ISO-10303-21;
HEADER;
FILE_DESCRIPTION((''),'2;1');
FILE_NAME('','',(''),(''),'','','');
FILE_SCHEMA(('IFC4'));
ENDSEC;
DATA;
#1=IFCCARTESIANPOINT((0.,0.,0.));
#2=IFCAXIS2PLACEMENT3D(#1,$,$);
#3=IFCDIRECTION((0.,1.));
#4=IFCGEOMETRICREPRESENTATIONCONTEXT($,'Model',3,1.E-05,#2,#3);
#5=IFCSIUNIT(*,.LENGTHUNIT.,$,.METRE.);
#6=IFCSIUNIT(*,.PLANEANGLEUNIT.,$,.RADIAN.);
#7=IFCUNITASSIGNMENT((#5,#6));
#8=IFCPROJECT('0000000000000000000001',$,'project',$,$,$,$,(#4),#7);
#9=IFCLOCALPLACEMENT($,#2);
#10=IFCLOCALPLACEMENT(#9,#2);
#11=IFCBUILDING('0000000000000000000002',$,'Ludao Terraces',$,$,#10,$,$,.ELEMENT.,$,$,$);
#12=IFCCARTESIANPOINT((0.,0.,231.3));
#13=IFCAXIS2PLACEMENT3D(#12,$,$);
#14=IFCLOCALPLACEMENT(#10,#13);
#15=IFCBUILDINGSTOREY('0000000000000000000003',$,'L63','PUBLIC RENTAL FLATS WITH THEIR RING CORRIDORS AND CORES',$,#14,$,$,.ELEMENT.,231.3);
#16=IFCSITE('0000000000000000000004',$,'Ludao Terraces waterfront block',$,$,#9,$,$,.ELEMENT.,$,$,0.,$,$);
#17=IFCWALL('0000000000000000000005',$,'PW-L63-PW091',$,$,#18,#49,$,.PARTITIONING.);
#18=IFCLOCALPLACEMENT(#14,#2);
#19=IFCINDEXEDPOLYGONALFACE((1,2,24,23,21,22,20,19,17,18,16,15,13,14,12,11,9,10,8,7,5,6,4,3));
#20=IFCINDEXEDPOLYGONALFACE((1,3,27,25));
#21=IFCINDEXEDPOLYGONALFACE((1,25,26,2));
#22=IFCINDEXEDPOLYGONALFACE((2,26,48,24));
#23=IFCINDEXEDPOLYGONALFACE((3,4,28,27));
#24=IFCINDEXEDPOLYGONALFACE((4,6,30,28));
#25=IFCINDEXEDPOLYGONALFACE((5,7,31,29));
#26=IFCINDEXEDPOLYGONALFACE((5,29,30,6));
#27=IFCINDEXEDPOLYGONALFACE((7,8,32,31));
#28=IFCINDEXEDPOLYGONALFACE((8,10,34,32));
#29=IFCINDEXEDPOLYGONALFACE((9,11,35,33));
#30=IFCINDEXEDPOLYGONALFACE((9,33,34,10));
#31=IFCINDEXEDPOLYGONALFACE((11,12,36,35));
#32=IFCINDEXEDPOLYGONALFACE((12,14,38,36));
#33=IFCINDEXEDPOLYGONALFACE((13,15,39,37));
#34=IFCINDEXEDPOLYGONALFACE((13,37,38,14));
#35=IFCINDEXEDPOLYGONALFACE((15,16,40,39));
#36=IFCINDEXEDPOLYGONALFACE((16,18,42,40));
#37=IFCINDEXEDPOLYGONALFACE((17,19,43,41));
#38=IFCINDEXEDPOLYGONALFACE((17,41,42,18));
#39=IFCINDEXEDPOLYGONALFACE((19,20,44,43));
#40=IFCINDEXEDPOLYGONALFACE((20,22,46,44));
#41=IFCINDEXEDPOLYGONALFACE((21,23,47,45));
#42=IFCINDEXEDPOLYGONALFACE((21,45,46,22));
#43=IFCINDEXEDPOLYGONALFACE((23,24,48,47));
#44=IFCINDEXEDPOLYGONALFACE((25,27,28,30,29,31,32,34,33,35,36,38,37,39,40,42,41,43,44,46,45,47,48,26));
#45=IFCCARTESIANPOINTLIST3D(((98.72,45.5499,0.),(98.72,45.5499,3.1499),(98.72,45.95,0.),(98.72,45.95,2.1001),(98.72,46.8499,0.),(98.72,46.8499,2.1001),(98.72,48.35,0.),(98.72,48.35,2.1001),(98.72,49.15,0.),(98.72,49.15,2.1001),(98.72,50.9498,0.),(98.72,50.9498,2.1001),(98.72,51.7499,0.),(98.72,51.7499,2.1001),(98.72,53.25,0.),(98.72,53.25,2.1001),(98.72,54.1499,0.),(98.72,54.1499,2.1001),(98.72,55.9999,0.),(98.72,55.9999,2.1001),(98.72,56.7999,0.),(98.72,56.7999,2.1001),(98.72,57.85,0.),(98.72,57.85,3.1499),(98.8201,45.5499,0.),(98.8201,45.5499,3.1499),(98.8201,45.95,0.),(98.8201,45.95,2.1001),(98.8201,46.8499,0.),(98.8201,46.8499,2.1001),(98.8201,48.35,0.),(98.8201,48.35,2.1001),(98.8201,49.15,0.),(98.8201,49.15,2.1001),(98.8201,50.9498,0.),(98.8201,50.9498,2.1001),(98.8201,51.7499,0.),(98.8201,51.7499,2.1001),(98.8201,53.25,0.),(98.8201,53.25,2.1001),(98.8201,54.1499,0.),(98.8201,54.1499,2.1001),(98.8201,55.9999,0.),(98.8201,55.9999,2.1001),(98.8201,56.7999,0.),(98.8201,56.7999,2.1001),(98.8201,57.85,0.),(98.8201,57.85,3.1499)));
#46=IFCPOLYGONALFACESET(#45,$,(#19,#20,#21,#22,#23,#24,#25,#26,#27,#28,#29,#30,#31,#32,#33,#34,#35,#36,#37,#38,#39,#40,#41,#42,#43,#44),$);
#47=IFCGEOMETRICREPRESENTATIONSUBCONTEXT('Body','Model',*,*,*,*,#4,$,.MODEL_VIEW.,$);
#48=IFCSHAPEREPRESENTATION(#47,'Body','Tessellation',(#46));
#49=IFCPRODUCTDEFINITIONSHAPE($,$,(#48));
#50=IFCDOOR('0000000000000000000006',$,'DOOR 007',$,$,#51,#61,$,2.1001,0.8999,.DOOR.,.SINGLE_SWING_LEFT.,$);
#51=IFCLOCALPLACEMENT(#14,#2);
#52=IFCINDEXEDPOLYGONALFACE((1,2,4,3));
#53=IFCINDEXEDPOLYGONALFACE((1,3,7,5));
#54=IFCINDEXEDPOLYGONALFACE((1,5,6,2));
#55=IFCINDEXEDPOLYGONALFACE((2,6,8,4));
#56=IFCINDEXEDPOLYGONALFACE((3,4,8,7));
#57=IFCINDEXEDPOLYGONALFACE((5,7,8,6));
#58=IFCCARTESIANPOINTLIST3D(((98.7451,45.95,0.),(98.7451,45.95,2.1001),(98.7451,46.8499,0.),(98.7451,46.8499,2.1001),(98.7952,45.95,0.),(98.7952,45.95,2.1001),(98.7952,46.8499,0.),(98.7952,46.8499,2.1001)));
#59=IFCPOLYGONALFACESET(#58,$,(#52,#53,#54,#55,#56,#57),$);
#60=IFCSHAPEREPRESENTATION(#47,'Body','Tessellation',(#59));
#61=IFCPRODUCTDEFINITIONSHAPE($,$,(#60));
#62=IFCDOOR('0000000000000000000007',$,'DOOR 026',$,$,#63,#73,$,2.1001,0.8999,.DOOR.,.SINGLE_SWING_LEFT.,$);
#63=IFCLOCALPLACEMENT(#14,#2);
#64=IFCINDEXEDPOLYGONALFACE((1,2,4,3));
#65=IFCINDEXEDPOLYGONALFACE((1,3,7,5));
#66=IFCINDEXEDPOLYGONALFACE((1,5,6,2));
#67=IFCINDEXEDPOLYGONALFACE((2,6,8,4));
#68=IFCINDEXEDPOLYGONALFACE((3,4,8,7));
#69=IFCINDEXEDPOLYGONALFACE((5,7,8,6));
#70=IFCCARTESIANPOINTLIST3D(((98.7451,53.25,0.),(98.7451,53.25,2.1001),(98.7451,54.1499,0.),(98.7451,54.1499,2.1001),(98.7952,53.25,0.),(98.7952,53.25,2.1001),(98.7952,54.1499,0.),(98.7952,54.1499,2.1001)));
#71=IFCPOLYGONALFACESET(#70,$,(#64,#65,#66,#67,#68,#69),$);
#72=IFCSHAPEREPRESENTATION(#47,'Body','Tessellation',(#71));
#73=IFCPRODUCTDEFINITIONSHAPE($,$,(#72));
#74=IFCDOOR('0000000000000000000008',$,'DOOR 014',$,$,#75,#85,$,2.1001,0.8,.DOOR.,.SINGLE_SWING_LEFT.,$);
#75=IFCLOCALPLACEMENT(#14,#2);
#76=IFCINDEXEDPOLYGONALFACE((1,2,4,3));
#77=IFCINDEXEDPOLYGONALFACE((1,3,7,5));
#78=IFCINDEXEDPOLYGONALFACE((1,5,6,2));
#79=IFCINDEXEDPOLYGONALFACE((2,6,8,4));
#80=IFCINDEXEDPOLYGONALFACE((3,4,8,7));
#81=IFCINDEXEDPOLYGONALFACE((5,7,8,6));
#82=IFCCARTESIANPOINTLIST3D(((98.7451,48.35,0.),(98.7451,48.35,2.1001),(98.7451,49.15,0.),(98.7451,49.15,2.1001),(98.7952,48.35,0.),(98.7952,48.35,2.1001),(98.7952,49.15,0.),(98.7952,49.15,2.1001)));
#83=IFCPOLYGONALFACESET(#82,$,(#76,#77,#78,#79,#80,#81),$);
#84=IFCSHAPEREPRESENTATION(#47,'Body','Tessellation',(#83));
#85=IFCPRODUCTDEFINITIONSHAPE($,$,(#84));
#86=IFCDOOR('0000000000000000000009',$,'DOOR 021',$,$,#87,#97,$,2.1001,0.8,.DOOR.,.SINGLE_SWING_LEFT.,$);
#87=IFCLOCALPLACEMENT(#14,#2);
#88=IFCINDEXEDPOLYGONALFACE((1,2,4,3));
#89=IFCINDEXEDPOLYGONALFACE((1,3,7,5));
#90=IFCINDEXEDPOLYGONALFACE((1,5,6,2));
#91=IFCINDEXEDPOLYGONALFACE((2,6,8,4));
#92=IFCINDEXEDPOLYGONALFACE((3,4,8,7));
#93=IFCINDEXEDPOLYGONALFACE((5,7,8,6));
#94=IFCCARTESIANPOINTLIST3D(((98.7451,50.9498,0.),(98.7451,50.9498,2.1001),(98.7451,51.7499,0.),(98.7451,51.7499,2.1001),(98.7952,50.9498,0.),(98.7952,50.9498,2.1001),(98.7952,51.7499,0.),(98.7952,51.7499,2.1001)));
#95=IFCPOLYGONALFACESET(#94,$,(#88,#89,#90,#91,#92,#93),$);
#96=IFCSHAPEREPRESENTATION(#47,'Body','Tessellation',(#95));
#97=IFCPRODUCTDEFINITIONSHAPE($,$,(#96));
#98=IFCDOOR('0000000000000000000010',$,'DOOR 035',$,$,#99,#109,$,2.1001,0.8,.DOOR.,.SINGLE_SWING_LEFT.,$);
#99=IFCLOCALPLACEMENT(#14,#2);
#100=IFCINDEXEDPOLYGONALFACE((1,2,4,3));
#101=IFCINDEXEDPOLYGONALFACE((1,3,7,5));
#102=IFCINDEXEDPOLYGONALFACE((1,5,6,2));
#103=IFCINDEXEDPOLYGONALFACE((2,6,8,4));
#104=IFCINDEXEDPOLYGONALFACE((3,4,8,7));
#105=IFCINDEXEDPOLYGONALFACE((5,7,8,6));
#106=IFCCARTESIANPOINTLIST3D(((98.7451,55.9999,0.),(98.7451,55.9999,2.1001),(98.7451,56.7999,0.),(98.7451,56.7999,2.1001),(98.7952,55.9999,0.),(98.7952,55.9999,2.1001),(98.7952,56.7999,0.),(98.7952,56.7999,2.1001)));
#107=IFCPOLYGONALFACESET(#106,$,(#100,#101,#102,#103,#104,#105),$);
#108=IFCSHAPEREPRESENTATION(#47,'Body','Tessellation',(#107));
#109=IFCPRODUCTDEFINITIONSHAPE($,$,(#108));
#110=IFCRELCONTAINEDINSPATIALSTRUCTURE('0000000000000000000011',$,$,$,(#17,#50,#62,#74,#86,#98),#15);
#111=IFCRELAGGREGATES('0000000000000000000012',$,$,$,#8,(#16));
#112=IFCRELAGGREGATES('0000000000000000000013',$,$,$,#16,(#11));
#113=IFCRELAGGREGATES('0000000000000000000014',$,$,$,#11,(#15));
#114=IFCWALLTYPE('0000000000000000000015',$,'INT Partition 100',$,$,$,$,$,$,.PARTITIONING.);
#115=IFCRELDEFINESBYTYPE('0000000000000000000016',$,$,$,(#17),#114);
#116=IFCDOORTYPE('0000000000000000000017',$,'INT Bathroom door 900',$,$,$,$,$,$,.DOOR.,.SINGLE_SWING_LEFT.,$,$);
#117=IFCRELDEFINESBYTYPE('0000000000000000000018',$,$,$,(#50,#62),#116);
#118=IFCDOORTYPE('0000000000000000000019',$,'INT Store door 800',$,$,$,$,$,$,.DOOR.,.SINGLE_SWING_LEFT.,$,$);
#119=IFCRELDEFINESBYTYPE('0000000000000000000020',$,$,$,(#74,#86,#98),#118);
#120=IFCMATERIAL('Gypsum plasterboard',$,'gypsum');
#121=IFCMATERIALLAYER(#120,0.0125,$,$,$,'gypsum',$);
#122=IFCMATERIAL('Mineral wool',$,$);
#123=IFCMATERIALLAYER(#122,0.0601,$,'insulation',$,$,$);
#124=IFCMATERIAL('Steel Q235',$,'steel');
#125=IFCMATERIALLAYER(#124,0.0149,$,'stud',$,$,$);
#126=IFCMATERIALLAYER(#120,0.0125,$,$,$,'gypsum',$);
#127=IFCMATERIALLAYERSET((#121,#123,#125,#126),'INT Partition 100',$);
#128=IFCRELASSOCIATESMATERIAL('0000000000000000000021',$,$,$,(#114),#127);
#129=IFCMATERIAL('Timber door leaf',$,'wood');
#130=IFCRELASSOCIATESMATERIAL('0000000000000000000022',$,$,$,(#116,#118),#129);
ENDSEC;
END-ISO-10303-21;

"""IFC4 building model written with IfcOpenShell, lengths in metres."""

from ifc_helpers import new_model, si_unit, direction, frame, frame_2d, origin, place, context, subcontext, project, spatial, rectangle, extrude, material, layer, layer_set, type_object, element, fill, save


model = new_model("IFC4")

# Units and contexts
model_context = context("Model", 3, precision=1e-05, world=origin(), true_north=direction((0.0, 1.0)))
body_context = subcontext(model_context, "Body", "Model", "MODEL_VIEW")
ifc_project = project(units=[si_unit("LENGTHUNIT", "METRE"), si_unit("PLANEANGLEUNIT", "RADIAN")], contexts=[model_context])

# Site, building, storey
site_placement = place(None, origin())
site = spatial("IfcSite", under=ifc_project, at=site_placement, Name="Ludao Terraces waterfront block", CompositionType="ELEMENT", RefElevation=0.0)
building_placement = place(site_placement, origin())
building = spatial("IfcBuilding", under=site, at=building_placement, Name="Ludao Terraces", CompositionType="ELEMENT")
storey_placement = place(building_placement, frame((0.0, 0.0, 231.3)))
storey = spatial("IfcBuildingStorey", under=building, at=storey_placement, Name="L63", Description="PUBLIC RENTAL FLATS WITH THEIR RING CORRIDORS AND CORES", CompositionType="ELEMENT", Elevation=231.3)

# Shared definitions
ifc_material_1 = material(Name="Mineral wool")

# Shared definitions
ifc_material_2 = material(Name="Steel Q235", Category="steel")

# Shared definitions
ifc_material_3 = material(Name="Gypsum plasterboard", Category="gypsum")
ifc_layer_1 = layer(ifc_material_3, 0.0125, Category="gypsum")
ifc_layer_2 = layer(ifc_material_1, 0.0601, Name="insulation")
ifc_layer_3 = layer(ifc_material_2, 0.0149, Name="stud")
ifc_layer_4 = layer(ifc_material_3, 0.0125, Category="gypsum")
ifc_layer_set_1 = layer_set([ifc_layer_1, ifc_layer_2, ifc_layer_3, ifc_layer_4], Name="INT Partition 100")
wall_type_1 = type_object("IfcWallType", Name="INT Partition 100", PredefinedType="PARTITIONING", material=ifc_layer_set_1)

# Wall, openings, doors
wall_1_placement = place(storey_placement, frame((98.77, 45.55, 0.0), z_axis=(0.0, 0.0, 1.0), x_axis=(0.0, 1.0, 0.0)))
wall_1 = element("IfcWall", 1, at=wall_1_placement, inside=storey, type_object=wall_type_1, Name="PW-L63-PW091", PredefinedType="PARTITIONING", context=body_context, shape_type="SweptSolid", body=[
    extrude(rectangle(XDim=12.3, YDim=0.1001, at=frame_2d((6.1499, 0.0))), origin(), (0.0, 0.0, 1.0), 3.1499),
])
opening_1_placement = place(wall_1_placement, frame((0.3999, 0.0, 0.0)))
opening_1 = element("IfcOpeningElement", 2, at=opening_1_placement, cuts=wall_1, PredefinedType="OPENING", context=body_context, shape_type="SweptSolid", body=[
    extrude(rectangle(XDim=0.8999, YDim=2.1001, at=frame_2d((0.45, 1.05))), frame((0.0, 0.0601, 0.0), z_axis=(0.0, -1.0, 0.0), x_axis=(1.0, 0.0, 0.0)), (0.0, 0.0, 1.0), 0.1201),
])
opening_2_placement = place(wall_1_placement, frame((2.8, 0.0, 0.0)))
opening_2 = element("IfcOpeningElement", 3, at=opening_2_placement, cuts=wall_1, PredefinedType="OPENING", context=body_context, shape_type="SweptSolid", body=[
    extrude(rectangle(XDim=0.8, YDim=2.1001, at=frame_2d((0.3999, 1.05))), frame((0.0, 0.0601, 0.0), z_axis=(0.0, -1.0, 0.0), x_axis=(1.0, 0.0, 0.0)), (0.0, 0.0, 1.0), 0.1201),
])
opening_3_placement = place(wall_1_placement, frame((5.3999, 0.0, 0.0)))
opening_3 = element("IfcOpeningElement", 4, at=opening_3_placement, cuts=wall_1, PredefinedType="OPENING", context=body_context, shape_type="SweptSolid", body=[
    extrude(rectangle(XDim=0.8, YDim=2.1001, at=frame_2d((0.3999, 1.05))), frame((0.0, 0.0601, 0.0), z_axis=(0.0, -1.0, 0.0), x_axis=(1.0, 0.0, 0.0)), (0.0, 0.0, 1.0), 0.1201),
])
opening_4_placement = place(wall_1_placement, frame((7.7, 0.0, 0.0)))
opening_4 = element("IfcOpeningElement", 5, at=opening_4_placement, cuts=wall_1, PredefinedType="OPENING", context=body_context, shape_type="SweptSolid", body=[
    extrude(rectangle(XDim=0.8999, YDim=2.1001, at=frame_2d((0.45, 1.05))), frame((0.0, 0.0601, 0.0), z_axis=(0.0, -1.0, 0.0), x_axis=(1.0, 0.0, 0.0)), (0.0, 0.0, 1.0), 0.1201),
])
opening_5_placement = place(wall_1_placement, frame((10.45, 0.0, 0.0)))
opening_5 = element("IfcOpeningElement", 6, at=opening_5_placement, cuts=wall_1, PredefinedType="OPENING", context=body_context, shape_type="SweptSolid", body=[
    extrude(rectangle(XDim=0.8, YDim=2.1001, at=frame_2d((0.3999, 1.05))), frame((0.0, 0.0601, 0.0), z_axis=(0.0, -1.0, 0.0), x_axis=(1.0, 0.0, 0.0)), (0.0, 0.0, 1.0), 0.1201),
])
ifc_material_4 = material(Name="Timber door leaf", Category="wood")
door_type_1 = type_object("IfcDoorType", Name="INT Bathroom door 900", OperationType="SINGLE_SWING_LEFT", PredefinedType="DOOR", material=ifc_material_4)
door_1_placement = place(opening_1_placement, origin())
door_1 = element("IfcDoor", 7, at=door_1_placement, inside=storey, type_object=door_type_1, Name="DOOR 007", OperationType="SINGLE_SWING_LEFT", OverallHeight=2.1001, OverallWidth=0.8999, PredefinedType="DOOR", context=body_context, shape_type="SweptSolid", body=[
    extrude(rectangle(XDim=0.8999, YDim=2.1001, at=frame_2d((0.45, 1.05))), frame((0.0, 0.0249, 0.0), z_axis=(0.0, -1.0, 0.0), x_axis=(1.0, 0.0, 0.0)), (0.0, 0.0, 1.0), 0.05),
])
fill(opening_1, door_1)
door_2_placement = place(opening_4_placement, origin())
door_2 = element("IfcDoor", 8, at=door_2_placement, inside=storey, type_object=door_type_1, Name="DOOR 026", OperationType="SINGLE_SWING_LEFT", OverallHeight=2.1001, OverallWidth=0.8999, PredefinedType="DOOR", context=body_context, shape_type="SweptSolid", body=[
    extrude(rectangle(XDim=0.8999, YDim=2.1001, at=frame_2d((0.45, 1.05))), frame((0.0, 0.0249, 0.0), z_axis=(0.0, -1.0, 0.0), x_axis=(1.0, 0.0, 0.0)), (0.0, 0.0, 1.0), 0.05),
])
fill(opening_4, door_2)
door_type_2 = type_object("IfcDoorType", Name="INT Store door 800", OperationType="SINGLE_SWING_LEFT", PredefinedType="DOOR", material=ifc_material_4)
door_3_placement = place(opening_2_placement, origin())
door_3 = element("IfcDoor", 9, at=door_3_placement, inside=storey, type_object=door_type_2, Name="DOOR 014", OperationType="SINGLE_SWING_LEFT", OverallHeight=2.1001, OverallWidth=0.8, PredefinedType="DOOR", context=body_context, shape_type="SweptSolid", body=[
    extrude(rectangle(XDim=0.8, YDim=2.1001, at=frame_2d((0.3999, 1.05))), frame((0.0, 0.0249, 0.0), z_axis=(0.0, -1.0, 0.0), x_axis=(1.0, 0.0, 0.0)), (0.0, 0.0, 1.0), 0.05),
])
fill(opening_2, door_3)
door_4_placement = place(opening_3_placement, origin())
door_4 = element("IfcDoor", 10, at=door_4_placement, inside=storey, type_object=door_type_2, Name="DOOR 021", OperationType="SINGLE_SWING_LEFT", OverallHeight=2.1001, OverallWidth=0.8, PredefinedType="DOOR", context=body_context, shape_type="SweptSolid", body=[
    extrude(rectangle(XDim=0.8, YDim=2.1001, at=frame_2d((0.3999, 1.05))), frame((0.0, 0.0249, 0.0), z_axis=(0.0, -1.0, 0.0), x_axis=(1.0, 0.0, 0.0)), (0.0, 0.0, 1.0), 0.05),
])
fill(opening_3, door_4)
door_5_placement = place(opening_5_placement, origin())
door_5 = element("IfcDoor", 11, at=door_5_placement, inside=storey, type_object=door_type_2, Name="DOOR 035", OperationType="SINGLE_SWING_LEFT", OverallHeight=2.1001, OverallWidth=0.8, PredefinedType="DOOR", context=body_context, shape_type="SweptSolid", body=[
    extrude(rectangle(XDim=0.8, YDim=2.1001, at=frame_2d((0.3999, 1.05))), frame((0.0, 0.0249, 0.0), z_axis=(0.0, -1.0, 0.0), x_axis=(1.0, 0.0, 0.0)), (0.0, 0.0, 1.0), 0.05),
])
fill(opening_5, door_5)

save(model, "model.ifc")
